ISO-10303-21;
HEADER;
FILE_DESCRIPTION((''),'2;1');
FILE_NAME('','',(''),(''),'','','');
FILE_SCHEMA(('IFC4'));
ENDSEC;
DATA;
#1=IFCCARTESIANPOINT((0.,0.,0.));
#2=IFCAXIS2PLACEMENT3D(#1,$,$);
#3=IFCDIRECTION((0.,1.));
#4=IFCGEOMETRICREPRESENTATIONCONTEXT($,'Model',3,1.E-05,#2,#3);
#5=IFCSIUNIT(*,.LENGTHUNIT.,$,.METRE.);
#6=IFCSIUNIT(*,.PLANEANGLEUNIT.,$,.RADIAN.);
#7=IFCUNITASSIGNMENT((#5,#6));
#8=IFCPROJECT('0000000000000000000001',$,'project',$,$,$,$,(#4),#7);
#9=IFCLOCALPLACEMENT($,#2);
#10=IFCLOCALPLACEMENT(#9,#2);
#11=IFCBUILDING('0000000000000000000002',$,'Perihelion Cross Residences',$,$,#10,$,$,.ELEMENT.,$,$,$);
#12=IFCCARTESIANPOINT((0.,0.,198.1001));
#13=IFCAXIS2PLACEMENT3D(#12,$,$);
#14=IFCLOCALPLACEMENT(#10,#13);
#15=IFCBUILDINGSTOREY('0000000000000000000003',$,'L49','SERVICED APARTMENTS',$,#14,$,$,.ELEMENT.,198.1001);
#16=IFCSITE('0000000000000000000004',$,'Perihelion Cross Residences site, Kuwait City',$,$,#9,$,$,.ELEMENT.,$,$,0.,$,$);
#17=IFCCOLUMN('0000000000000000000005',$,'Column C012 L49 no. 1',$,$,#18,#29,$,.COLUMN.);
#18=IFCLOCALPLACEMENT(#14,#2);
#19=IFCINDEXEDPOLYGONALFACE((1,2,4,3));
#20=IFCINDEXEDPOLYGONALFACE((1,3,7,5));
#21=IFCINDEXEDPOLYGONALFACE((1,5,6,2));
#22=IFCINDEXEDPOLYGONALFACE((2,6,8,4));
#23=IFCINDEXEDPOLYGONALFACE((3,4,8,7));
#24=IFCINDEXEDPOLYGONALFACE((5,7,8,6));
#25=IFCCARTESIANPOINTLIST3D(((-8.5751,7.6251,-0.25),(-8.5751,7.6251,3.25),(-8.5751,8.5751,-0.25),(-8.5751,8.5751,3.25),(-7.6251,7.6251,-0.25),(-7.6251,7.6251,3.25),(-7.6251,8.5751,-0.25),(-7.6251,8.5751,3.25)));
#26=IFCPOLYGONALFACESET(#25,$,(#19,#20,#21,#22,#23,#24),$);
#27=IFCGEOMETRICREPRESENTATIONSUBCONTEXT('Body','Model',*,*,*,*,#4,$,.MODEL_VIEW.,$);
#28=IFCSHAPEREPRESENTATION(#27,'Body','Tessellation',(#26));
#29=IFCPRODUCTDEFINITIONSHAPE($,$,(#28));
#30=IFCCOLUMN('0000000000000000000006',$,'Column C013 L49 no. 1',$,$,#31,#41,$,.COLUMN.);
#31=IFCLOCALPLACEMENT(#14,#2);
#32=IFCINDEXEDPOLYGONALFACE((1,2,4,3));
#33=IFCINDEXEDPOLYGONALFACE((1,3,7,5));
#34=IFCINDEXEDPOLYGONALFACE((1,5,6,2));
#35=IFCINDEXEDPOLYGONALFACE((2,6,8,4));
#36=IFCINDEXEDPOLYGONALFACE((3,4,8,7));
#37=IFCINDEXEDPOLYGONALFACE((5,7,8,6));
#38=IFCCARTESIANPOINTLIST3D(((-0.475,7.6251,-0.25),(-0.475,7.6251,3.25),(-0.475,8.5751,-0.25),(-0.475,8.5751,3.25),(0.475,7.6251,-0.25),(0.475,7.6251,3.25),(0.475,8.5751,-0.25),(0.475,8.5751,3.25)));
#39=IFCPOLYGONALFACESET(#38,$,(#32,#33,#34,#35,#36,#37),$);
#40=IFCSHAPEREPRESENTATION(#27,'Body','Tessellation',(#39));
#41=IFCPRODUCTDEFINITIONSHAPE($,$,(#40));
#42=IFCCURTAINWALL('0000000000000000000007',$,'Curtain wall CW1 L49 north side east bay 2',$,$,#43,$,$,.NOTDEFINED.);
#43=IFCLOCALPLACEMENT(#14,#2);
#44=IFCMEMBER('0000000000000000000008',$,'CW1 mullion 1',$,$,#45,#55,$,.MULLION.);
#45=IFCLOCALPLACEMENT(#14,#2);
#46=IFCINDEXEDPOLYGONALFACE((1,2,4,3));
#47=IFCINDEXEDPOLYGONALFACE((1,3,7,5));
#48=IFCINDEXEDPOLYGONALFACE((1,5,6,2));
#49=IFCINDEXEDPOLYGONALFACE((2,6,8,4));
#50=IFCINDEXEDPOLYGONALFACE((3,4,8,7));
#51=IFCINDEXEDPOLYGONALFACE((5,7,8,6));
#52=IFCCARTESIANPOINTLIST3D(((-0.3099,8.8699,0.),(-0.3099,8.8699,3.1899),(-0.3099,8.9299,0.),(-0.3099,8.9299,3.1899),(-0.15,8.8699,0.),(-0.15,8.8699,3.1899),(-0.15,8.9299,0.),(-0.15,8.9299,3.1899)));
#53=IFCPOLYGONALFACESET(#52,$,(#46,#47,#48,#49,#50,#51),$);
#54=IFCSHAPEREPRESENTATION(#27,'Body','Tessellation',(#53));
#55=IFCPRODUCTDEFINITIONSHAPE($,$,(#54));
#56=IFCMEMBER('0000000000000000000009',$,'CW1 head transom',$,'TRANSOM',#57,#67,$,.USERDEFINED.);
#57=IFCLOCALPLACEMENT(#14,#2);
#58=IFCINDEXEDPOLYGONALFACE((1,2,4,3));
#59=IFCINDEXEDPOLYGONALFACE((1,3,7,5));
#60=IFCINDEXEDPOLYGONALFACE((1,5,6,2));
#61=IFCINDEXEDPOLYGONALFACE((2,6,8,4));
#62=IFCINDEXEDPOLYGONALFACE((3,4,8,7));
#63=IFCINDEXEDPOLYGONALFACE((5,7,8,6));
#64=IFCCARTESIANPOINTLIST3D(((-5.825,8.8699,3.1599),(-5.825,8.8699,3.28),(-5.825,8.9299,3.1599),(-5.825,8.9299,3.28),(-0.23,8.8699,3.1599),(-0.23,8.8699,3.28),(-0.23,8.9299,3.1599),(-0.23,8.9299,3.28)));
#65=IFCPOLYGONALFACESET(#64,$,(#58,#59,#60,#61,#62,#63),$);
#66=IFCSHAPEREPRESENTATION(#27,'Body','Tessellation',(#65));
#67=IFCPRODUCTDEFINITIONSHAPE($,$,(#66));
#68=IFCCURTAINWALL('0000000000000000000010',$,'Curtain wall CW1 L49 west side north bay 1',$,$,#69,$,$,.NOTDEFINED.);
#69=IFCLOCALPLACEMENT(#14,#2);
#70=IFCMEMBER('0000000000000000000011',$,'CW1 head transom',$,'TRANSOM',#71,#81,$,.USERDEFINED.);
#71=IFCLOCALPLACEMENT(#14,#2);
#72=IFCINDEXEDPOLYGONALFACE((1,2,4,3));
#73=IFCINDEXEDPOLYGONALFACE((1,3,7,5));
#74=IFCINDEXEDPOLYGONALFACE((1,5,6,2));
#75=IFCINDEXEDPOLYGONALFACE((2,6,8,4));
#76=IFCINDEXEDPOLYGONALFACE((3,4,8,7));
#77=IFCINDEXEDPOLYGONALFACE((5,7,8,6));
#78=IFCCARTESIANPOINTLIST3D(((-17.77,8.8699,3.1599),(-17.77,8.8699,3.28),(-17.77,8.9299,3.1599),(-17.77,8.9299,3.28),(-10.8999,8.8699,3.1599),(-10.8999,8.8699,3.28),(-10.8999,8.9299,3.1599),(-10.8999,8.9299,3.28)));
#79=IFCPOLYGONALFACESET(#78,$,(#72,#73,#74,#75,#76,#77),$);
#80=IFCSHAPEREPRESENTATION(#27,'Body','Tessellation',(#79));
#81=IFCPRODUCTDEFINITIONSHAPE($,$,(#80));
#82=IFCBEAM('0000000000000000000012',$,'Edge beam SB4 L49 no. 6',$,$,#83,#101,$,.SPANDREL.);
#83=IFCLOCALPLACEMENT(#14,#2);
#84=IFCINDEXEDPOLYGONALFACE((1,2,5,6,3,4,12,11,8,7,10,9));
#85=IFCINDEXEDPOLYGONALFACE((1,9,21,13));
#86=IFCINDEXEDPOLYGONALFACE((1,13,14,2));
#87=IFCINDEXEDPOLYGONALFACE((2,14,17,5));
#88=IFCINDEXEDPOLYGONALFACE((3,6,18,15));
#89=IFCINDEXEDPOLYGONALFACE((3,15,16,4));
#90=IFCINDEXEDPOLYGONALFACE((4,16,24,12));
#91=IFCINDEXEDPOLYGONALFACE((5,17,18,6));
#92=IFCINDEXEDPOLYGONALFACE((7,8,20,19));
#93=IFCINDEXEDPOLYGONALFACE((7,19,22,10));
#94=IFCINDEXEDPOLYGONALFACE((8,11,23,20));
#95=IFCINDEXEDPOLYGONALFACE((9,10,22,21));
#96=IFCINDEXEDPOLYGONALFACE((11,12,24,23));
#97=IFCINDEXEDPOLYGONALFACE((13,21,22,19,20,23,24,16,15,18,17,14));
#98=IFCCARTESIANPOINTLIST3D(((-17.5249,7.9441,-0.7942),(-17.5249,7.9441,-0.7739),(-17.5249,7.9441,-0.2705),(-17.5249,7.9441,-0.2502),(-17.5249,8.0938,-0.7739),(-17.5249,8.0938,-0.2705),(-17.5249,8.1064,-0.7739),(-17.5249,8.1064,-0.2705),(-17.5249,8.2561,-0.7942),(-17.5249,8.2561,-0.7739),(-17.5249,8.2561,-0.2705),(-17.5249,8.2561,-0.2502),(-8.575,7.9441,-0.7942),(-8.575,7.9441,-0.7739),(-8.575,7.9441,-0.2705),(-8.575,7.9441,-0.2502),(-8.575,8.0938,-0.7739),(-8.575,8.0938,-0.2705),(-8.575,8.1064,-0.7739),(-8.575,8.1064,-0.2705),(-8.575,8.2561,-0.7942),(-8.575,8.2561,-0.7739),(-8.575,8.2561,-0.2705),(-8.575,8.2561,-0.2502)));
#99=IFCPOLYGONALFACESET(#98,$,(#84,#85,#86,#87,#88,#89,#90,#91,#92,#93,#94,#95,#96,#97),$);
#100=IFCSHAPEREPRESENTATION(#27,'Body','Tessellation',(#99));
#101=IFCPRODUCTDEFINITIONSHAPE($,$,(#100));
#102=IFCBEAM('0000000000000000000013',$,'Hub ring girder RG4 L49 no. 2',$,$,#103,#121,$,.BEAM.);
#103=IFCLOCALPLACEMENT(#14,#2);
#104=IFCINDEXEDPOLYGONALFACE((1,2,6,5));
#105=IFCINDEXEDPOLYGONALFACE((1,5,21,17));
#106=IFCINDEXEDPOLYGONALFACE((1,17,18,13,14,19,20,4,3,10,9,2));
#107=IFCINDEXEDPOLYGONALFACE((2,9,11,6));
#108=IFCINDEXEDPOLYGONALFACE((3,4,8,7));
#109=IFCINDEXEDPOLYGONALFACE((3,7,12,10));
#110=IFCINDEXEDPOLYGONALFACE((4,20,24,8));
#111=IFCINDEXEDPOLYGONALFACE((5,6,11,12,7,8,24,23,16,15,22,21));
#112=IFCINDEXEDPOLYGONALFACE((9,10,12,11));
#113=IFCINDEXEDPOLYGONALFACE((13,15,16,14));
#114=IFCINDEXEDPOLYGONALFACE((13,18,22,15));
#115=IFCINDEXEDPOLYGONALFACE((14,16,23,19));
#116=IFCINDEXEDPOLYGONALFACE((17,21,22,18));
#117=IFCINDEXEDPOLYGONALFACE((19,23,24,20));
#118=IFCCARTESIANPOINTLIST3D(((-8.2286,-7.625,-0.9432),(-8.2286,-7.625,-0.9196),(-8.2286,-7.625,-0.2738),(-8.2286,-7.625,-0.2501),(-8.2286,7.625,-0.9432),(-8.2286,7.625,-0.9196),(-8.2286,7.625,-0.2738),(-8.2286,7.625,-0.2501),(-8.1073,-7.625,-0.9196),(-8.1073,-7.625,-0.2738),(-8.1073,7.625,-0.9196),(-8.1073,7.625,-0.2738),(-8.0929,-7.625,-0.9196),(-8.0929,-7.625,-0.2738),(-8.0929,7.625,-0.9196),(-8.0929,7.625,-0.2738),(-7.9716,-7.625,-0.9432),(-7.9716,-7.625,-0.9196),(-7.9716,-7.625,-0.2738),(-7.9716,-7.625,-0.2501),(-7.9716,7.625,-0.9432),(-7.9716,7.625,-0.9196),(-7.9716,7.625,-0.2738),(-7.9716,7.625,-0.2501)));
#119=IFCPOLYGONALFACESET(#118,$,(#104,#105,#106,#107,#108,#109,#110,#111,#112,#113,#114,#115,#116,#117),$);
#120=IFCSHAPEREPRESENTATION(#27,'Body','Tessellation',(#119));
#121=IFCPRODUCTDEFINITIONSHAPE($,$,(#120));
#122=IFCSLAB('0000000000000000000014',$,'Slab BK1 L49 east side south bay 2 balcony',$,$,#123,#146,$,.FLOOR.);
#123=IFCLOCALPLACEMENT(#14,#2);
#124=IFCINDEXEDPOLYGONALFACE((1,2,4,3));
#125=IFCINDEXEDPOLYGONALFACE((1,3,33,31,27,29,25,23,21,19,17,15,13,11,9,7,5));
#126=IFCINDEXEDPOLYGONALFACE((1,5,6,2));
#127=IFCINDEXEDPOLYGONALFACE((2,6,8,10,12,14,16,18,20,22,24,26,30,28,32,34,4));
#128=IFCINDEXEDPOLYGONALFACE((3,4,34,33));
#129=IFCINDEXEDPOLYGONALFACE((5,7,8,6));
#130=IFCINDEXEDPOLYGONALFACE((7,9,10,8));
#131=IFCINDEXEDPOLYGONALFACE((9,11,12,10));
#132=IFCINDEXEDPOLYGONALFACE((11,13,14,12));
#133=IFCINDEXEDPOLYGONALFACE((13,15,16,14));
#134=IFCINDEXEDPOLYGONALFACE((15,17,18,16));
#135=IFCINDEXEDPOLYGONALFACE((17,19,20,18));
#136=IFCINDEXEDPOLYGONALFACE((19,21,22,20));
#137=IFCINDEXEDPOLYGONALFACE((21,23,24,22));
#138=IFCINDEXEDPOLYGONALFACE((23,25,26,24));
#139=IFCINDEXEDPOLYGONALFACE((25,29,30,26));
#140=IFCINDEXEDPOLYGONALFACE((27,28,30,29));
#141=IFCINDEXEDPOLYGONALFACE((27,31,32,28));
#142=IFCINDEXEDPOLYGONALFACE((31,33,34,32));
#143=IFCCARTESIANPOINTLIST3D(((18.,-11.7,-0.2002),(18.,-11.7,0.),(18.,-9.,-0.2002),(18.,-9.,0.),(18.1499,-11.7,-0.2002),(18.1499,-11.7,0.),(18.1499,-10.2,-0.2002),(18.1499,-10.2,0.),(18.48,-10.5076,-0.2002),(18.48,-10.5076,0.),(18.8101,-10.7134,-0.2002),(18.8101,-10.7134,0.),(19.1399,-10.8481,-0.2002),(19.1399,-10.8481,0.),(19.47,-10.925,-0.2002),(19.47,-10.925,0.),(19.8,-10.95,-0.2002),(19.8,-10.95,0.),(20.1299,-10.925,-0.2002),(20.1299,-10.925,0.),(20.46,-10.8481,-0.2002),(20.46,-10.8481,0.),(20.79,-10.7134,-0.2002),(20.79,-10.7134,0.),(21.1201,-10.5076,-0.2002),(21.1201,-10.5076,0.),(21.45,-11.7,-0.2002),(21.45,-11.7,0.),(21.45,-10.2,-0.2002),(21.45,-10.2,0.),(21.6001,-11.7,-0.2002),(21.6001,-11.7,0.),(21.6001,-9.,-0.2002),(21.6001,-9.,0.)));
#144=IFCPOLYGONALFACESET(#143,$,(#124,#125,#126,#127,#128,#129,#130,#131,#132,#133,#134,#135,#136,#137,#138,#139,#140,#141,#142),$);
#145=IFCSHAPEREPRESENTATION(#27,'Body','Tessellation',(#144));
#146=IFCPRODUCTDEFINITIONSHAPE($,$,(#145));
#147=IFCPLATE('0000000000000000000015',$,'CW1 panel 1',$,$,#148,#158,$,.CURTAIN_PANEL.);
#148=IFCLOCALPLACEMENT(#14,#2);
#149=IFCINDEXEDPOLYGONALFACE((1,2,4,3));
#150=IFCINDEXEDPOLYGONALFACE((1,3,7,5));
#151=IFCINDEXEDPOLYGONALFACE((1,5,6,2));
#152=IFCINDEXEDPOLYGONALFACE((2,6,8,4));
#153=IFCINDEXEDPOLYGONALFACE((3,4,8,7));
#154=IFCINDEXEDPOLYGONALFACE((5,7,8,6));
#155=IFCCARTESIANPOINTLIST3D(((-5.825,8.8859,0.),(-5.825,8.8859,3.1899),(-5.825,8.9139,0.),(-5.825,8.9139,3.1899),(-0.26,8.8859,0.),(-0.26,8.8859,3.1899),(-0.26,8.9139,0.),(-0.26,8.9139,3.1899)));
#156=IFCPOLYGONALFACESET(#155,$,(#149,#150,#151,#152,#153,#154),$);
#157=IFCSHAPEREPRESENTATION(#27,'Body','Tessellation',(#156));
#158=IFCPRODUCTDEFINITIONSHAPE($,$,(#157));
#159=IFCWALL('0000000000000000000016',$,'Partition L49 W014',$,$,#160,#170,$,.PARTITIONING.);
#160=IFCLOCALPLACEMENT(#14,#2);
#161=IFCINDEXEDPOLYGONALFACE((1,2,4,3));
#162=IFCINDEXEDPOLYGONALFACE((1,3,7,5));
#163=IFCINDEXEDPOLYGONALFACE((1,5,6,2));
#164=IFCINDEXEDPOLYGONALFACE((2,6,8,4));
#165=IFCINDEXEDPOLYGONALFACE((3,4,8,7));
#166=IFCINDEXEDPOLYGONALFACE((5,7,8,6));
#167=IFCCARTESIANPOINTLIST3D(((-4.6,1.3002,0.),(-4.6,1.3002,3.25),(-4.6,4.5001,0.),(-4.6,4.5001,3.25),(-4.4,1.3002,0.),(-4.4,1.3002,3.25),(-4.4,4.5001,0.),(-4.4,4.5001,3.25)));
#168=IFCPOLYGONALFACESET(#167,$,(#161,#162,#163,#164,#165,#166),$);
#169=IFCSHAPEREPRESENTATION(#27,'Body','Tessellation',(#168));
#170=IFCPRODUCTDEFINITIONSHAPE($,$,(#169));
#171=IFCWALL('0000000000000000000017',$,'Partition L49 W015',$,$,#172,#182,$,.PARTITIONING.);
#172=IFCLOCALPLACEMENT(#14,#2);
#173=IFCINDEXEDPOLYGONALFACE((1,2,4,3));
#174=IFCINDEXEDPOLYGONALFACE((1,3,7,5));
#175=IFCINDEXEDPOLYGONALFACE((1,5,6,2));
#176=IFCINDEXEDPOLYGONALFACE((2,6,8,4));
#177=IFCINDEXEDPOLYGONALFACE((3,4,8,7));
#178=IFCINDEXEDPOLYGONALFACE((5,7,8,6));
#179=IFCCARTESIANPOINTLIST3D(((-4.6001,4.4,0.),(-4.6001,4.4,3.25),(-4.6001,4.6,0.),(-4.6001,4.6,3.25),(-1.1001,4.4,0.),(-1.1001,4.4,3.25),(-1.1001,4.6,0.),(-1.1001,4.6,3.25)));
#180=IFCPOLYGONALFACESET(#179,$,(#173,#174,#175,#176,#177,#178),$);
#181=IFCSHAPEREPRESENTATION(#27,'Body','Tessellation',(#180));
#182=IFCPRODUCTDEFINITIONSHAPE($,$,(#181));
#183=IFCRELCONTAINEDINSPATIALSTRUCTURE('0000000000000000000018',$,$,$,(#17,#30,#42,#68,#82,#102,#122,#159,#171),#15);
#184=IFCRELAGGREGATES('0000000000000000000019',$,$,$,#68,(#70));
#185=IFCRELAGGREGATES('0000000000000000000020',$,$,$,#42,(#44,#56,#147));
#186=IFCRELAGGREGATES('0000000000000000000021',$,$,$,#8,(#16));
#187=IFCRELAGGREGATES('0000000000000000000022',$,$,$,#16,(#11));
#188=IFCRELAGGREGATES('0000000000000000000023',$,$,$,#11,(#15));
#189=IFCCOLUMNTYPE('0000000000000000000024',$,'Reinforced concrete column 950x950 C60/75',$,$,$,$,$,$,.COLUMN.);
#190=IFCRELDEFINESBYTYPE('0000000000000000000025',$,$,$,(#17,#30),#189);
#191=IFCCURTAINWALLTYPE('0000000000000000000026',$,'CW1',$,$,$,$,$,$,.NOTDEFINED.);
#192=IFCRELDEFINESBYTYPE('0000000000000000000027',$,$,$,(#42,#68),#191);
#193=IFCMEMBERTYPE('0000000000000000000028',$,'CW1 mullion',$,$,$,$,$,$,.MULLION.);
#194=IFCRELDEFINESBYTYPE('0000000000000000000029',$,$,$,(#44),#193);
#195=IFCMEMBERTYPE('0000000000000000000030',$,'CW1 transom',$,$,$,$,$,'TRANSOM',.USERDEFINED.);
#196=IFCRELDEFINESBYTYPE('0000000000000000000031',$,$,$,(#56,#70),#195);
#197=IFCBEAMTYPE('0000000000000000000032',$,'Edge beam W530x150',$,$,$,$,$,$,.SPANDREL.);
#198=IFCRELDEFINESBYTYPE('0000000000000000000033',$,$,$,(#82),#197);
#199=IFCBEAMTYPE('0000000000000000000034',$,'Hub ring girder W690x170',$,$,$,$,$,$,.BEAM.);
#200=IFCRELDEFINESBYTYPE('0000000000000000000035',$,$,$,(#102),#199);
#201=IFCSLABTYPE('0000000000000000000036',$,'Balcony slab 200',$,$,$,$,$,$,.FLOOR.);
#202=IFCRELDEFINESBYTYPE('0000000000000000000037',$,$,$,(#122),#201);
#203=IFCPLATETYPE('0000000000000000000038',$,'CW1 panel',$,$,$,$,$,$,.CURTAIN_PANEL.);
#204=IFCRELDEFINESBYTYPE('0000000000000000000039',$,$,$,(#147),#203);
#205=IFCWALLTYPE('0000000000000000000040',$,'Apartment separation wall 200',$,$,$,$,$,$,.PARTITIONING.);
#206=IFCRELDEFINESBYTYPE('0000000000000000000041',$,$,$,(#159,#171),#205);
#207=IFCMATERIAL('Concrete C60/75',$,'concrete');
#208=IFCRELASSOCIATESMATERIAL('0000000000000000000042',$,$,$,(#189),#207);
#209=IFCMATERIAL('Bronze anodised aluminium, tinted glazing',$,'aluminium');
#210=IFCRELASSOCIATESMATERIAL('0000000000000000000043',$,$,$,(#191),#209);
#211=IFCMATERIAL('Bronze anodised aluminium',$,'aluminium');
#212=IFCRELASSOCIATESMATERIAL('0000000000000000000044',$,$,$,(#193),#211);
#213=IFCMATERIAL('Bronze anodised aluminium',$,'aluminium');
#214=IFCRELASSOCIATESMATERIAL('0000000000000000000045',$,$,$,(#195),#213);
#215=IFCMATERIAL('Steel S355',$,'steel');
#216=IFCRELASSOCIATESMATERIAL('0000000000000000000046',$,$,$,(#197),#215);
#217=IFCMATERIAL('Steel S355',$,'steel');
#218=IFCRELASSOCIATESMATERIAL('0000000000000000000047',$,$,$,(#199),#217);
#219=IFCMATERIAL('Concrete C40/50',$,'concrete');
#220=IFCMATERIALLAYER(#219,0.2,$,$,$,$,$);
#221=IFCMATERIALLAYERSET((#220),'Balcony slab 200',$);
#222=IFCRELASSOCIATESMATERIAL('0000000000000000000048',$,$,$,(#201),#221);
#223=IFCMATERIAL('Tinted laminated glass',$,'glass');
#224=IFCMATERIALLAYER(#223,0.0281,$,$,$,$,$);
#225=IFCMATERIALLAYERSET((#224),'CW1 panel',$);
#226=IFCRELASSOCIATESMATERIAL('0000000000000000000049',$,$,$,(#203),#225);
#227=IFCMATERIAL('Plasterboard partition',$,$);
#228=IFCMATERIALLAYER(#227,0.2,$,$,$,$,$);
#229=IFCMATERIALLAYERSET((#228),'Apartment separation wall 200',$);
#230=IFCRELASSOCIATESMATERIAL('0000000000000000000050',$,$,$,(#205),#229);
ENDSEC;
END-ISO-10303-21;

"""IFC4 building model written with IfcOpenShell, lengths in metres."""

from ifc_helpers import new_model, si_unit, direction, frame, frame_2d, origin, origin_2d, place, context, subcontext, project, spatial, polyline, rectangle, i_section, outline, extrude, material, layer, layer_set, material_profile, profile_set, type_object, element, aggregate, save


model = new_model("IFC4")

# Units and contexts
model_context = context("Model", 3, precision=1e-05, world=origin(), true_north=direction((0.0, 1.0)))
body_context = subcontext(model_context, "Body", "Model", "MODEL_VIEW")
ifc_project = project(units=[si_unit("LENGTHUNIT", "METRE"), si_unit("PLANEANGLEUNIT", "RADIAN")], contexts=[model_context])

# Site, building, storey
site_placement = place(None, origin())
site = spatial("IfcSite", under=ifc_project, at=site_placement, Name="Perihelion Cross Residences site, Kuwait City", CompositionType="ELEMENT", RefElevation=0.0)
building_placement = place(site_placement, origin())
building = spatial("IfcBuilding", under=site, at=building_placement, Name="Perihelion Cross Residences", CompositionType="ELEMENT")
storey_placement = place(building_placement, frame((0.0, 0.0, 198.1001)))
storey = spatial("IfcBuildingStorey", under=building, at=storey_placement, Name="L49", Description="SERVICED APARTMENTS", CompositionType="ELEMENT", Elevation=198.1001)

# Columns
ifc_material_1 = material(Name="Concrete C60/75", Category="concrete")
ifc_material_profile_1 = material_profile(ifc_material_1, rectangle(XDim=0.95, YDim=0.95, at=origin_2d()), Name="RC 950x950")
ifc_profile_set_1 = profile_set([ifc_material_profile_1], Name="Concrete C60/75")
column_type = type_object("IfcColumnType", Name="Reinforced concrete column 950x950 C60/75", PredefinedType="COLUMN", material=ifc_profile_set_1)
for number, where, z_axis, x_axis, name in (
    (1, (-8.1001, 8.1001, -0.25), (0.0, 0.0, 1.0), (1.0, 0.0, 0.0), "Column C012 L49 no. 1"),
    (2, (0.0, 8.1001, -0.25), (0.0, 0.0, 1.0), (1.0, 0.0, 0.0), "Column C013 L49 no. 1"),
):
    element("IfcColumn", number, at=place(storey_placement, frame(where, z_axis=z_axis, x_axis=x_axis)), inside=storey, type_object=column_type, Name=name, PredefinedType="COLUMN", context=body_context, shape_type="SweptSolid", body=[
        extrude(rectangle(XDim=0.95, YDim=0.95, at=origin_2d()), origin(), (0.0, 0.0, 1.0), 3.5),
    ])

# Curtain wall, members
ifc_material_2 = material(Name="Bronze anodised aluminium, tinted glazing", Category="aluminium")
curtain_wall_type = type_object("IfcCurtainWallType", Name="CW1", PredefinedType="NOTDEFINED", material=ifc_material_2)
curtain_wall_1_placement = place(storey_placement, origin())
curtain_wall_1 = element("IfcCurtainWall", 3, at=curtain_wall_1_placement, inside=storey, type_object=curtain_wall_type, Name="Curtain wall CW1 L49 north side east bay 2", PredefinedType="NOTDEFINED")
ifc_material_3 = material(Name="Bronze anodised aluminium", Category="aluminium")
ifc_material_profile_2 = material_profile(ifc_material_3, rectangle(XDim=0.0601, YDim=0.1599, at=origin_2d()), Name="CW1 mullion")
ifc_profile_set_2 = profile_set([ifc_material_profile_2], Name="Bronze anodised aluminium")
member_type_1 = type_object("IfcMemberType", Name="CW1 mullion", PredefinedType="MULLION", material=ifc_profile_set_2)
member_1_placement = place(storey_placement, frame((-0.23, 8.8999, 0.0), z_axis=(0.0, 0.0, 1.0), x_axis=(0.0, -1.0, 0.0)))
member_1 = element("IfcMember", 4, at=member_1_placement, type_object=member_type_1, Name="CW1 mullion 1", PredefinedType="MULLION", context=body_context, shape_type="SweptSolid", body=[
    extrude(rectangle(XDim=0.0601, YDim=0.1599, at=origin_2d()), origin(), (0.0, 0.0, 1.0), 3.1899),
])
ifc_material_4 = material(Name="Bronze anodised aluminium", Category="aluminium")
ifc_material_profile_3 = material_profile(ifc_material_4, rectangle(XDim=0.0601, YDim=0.1201, at=origin_2d()), Name="CW1 transom")
ifc_profile_set_3 = profile_set([ifc_material_profile_3], Name="Bronze anodised aluminium")
member_type_2 = type_object("IfcMemberType", Name="CW1 transom", ElementType="TRANSOM", PredefinedType="USERDEFINED", material=ifc_profile_set_3)
member_2_placement = place(storey_placement, frame((-0.23, 8.8999, 3.22), z_axis=(-1.0, 0.0, 0.0), x_axis=(0.0, -1.0, 0.0)))
member_2 = element("IfcMember", 5, at=member_2_placement, type_object=member_type_2, Name="CW1 head transom", ObjectType="TRANSOM", PredefinedType="USERDEFINED", context=body_context, shape_type="SweptSolid", body=[
    extrude(rectangle(XDim=0.0601, YDim=0.1201, at=origin_2d()), origin(), (0.0, 0.0, 1.0), 5.595),
])

# Curtain wall, member
curtain_wall_2_placement = place(storey_placement, origin())
curtain_wall_2 = element("IfcCurtainWall", 6, at=curtain_wall_2_placement, inside=storey, type_object=curtain_wall_type, Name="Curtain wall CW1 L49 west side north bay 1", PredefinedType="NOTDEFINED")
member_3_placement = place(storey_placement, frame((-10.8999, 8.8999, 3.22), z_axis=(-1.0, 0.0, 0.0), x_axis=(0.0, -1.0, 0.0)))
member_3 = element("IfcMember", 7, at=member_3_placement, type_object=member_type_2, Name="CW1 head transom", ObjectType="TRANSOM", PredefinedType="USERDEFINED", context=body_context, shape_type="SweptSolid", body=[
    extrude(rectangle(XDim=0.0601, YDim=0.1201, at=origin_2d()), origin(), (0.0, 0.0, 1.0), 6.8701),
])
aggregate(curtain_wall_2, [member_3])

# Beams
ifc_material_5 = material(Name="Steel S355", Category="steel")
ifc_material_profile_4 = material_profile(ifc_material_5, i_section(OverallWidth=0.312, OverallDepth=0.5439, WebThickness=0.0127, FlangeThickness=0.0203, at=origin_2d()), Name="W530x150")
ifc_profile_set_4 = profile_set([ifc_material_profile_4], Name="Steel S355")
beam_type_1 = type_object("IfcBeamType", Name="Edge beam W530x150", PredefinedType="SPANDREL", material=ifc_profile_set_4)
beam_1_placement = place(storey_placement, frame((-8.575, 8.1001, -0.5222), z_axis=(-1.0, 0.0, 0.0), x_axis=(0.0, -1.0, 0.0)))
element("IfcBeam", 8, at=beam_1_placement, inside=storey, type_object=beam_type_1, Name="Edge beam SB4 L49 no. 6", PredefinedType="SPANDREL", context=body_context, shape_type="SweptSolid", body=[
    extrude(i_section(OverallWidth=0.312, OverallDepth=0.5439, WebThickness=0.0127, FlangeThickness=0.0203, at=origin_2d()), origin(), (0.0, 0.0, 1.0), 8.95),
])
ifc_material_6 = material(Name="Steel S355", Category="steel")
ifc_material_profile_5 = material_profile(ifc_material_6, i_section(OverallWidth=0.2571, OverallDepth=0.6931, WebThickness=0.0144, FlangeThickness=0.0237, at=origin_2d()), Name="W690x170")
ifc_profile_set_5 = profile_set([ifc_material_profile_5], Name="Steel S355")
beam_type_2 = type_object("IfcBeamType", Name="Hub ring girder W690x170", PredefinedType="BEAM", material=ifc_profile_set_5)
beam_2_placement = place(storey_placement, frame((-8.1001, 7.625, -0.5967), z_axis=(0.0, -1.0, 0.0), x_axis=(1.0, 0.0, 0.0)))
element("IfcBeam", 9, at=beam_2_placement, inside=storey, type_object=beam_type_2, Name="Hub ring girder RG4 L49 no. 2", PredefinedType="BEAM", context=body_context, shape_type="SweptSolid", body=[
    extrude(i_section(OverallWidth=0.2571, OverallDepth=0.6931, WebThickness=0.0144, FlangeThickness=0.0237, at=origin_2d()), origin(), (0.0, 0.0, 1.0), 15.25),
])

# Slab
ifc_material_7 = material(Name="Concrete C40/50", Category="concrete")
ifc_layer_1 = layer(ifc_material_7, 0.2)
ifc_layer_set_1 = layer_set([ifc_layer_1], Name="Balcony slab 200")
slab_type = type_object("IfcSlabType", Name="Balcony slab 200", PredefinedType="FLOOR", material=ifc_layer_set_1)
slab_placement = place(storey_placement, frame((0.0, 0.0, -0.2002)))
element("IfcSlab", 10, at=slab_placement, inside=storey, type_object=slab_type, Name="Slab BK1 L49 east side south bay 2 balcony", PredefinedType="FLOOR", context=body_context, shape_type="SweptSolid", body=[
    extrude(outline(polyline([(18.0, -9.0), (21.6001, -9.0), (21.6001, -11.7), (21.45, -11.7), (21.45, -10.2), (21.1201, -10.5076), (20.79, -10.7134), (20.46, -10.8481), (20.1299, -10.925), (19.8, -10.95), (19.47, -10.925), (19.1399, -10.8481), (18.8101, -10.7134), (18.48, -10.5076), (18.1499, -10.2), (18.1499, -11.7), (18.0, -11.7), (18.0, -9.0)])), origin(), (0.0, 0.0, 1.0), 0.2002),
])

# Plate
ifc_material_8 = material(Name="Tinted laminated glass", Category="glass")
ifc_layer_2 = layer(ifc_material_8, 0.0281)
ifc_layer_set_2 = layer_set([ifc_layer_2], Name="CW1 panel")
plate_type = type_object("IfcPlateType", Name="CW1 panel", PredefinedType="CURTAIN_PANEL", material=ifc_layer_set_2)
plate_placement = place(storey_placement, frame((-3.0425, 8.8999, 0.0), z_axis=(0.0, 0.0, 1.0), x_axis=(-1.0, 0.0, 0.0)))
plate = element("IfcPlate", 11, at=plate_placement, type_object=plate_type, Name="CW1 panel 1", PredefinedType="CURTAIN_PANEL", context=body_context, shape_type="SweptSolid", body=[
    extrude(rectangle(XDim=5.5649, YDim=0.0281, at=origin_2d()), origin(), (0.0, 0.0, 1.0), 3.1899),
])
aggregate(curtain_wall_1, [member_1, member_2, plate])

# Walls
ifc_material_9 = material(Name="Plasterboard partition")
ifc_layer_3 = layer(ifc_material_9, 0.2)
ifc_layer_set_3 = layer_set([ifc_layer_3], Name="Apartment separation wall 200")
wall_type_1 = type_object("IfcWallType", Name="Apartment separation wall 200", PredefinedType="PARTITIONING", material=ifc_layer_set_3)
wall_1_placement = place(storey_placement, frame((-4.5, 1.3, 0.0), z_axis=(0.0, 0.0, 1.0), x_axis=(0.0, 1.0, 0.0)))
element("IfcWall", 12, at=wall_1_placement, inside=storey, type_object=wall_type_1, Name="Partition L49 W014", PredefinedType="PARTITIONING", context=body_context, shape_type="SweptSolid", body=[
    extrude(rectangle(XDim=3.2, YDim=0.2, at=frame_2d((1.6001, 0.0))), origin(), (0.0, 0.0, 1.0), 3.25),
])
wall_2_placement = place(storey_placement, frame((-4.6001, 4.5, 0.0), z_axis=(0.0, 0.0, 1.0), x_axis=(1.0, 0.0, 0.0)))
element("IfcWall", 13, at=wall_2_placement, inside=storey, type_object=wall_type_1, Name="Partition L49 W015", PredefinedType="PARTITIONING", context=body_context, shape_type="SweptSolid", body=[
    extrude(rectangle(XDim=3.5, YDim=0.2, at=frame_2d((1.75, 0.0))), origin(), (0.0, 0.0, 1.0), 3.25),
])

save(model, "model.ifc")
